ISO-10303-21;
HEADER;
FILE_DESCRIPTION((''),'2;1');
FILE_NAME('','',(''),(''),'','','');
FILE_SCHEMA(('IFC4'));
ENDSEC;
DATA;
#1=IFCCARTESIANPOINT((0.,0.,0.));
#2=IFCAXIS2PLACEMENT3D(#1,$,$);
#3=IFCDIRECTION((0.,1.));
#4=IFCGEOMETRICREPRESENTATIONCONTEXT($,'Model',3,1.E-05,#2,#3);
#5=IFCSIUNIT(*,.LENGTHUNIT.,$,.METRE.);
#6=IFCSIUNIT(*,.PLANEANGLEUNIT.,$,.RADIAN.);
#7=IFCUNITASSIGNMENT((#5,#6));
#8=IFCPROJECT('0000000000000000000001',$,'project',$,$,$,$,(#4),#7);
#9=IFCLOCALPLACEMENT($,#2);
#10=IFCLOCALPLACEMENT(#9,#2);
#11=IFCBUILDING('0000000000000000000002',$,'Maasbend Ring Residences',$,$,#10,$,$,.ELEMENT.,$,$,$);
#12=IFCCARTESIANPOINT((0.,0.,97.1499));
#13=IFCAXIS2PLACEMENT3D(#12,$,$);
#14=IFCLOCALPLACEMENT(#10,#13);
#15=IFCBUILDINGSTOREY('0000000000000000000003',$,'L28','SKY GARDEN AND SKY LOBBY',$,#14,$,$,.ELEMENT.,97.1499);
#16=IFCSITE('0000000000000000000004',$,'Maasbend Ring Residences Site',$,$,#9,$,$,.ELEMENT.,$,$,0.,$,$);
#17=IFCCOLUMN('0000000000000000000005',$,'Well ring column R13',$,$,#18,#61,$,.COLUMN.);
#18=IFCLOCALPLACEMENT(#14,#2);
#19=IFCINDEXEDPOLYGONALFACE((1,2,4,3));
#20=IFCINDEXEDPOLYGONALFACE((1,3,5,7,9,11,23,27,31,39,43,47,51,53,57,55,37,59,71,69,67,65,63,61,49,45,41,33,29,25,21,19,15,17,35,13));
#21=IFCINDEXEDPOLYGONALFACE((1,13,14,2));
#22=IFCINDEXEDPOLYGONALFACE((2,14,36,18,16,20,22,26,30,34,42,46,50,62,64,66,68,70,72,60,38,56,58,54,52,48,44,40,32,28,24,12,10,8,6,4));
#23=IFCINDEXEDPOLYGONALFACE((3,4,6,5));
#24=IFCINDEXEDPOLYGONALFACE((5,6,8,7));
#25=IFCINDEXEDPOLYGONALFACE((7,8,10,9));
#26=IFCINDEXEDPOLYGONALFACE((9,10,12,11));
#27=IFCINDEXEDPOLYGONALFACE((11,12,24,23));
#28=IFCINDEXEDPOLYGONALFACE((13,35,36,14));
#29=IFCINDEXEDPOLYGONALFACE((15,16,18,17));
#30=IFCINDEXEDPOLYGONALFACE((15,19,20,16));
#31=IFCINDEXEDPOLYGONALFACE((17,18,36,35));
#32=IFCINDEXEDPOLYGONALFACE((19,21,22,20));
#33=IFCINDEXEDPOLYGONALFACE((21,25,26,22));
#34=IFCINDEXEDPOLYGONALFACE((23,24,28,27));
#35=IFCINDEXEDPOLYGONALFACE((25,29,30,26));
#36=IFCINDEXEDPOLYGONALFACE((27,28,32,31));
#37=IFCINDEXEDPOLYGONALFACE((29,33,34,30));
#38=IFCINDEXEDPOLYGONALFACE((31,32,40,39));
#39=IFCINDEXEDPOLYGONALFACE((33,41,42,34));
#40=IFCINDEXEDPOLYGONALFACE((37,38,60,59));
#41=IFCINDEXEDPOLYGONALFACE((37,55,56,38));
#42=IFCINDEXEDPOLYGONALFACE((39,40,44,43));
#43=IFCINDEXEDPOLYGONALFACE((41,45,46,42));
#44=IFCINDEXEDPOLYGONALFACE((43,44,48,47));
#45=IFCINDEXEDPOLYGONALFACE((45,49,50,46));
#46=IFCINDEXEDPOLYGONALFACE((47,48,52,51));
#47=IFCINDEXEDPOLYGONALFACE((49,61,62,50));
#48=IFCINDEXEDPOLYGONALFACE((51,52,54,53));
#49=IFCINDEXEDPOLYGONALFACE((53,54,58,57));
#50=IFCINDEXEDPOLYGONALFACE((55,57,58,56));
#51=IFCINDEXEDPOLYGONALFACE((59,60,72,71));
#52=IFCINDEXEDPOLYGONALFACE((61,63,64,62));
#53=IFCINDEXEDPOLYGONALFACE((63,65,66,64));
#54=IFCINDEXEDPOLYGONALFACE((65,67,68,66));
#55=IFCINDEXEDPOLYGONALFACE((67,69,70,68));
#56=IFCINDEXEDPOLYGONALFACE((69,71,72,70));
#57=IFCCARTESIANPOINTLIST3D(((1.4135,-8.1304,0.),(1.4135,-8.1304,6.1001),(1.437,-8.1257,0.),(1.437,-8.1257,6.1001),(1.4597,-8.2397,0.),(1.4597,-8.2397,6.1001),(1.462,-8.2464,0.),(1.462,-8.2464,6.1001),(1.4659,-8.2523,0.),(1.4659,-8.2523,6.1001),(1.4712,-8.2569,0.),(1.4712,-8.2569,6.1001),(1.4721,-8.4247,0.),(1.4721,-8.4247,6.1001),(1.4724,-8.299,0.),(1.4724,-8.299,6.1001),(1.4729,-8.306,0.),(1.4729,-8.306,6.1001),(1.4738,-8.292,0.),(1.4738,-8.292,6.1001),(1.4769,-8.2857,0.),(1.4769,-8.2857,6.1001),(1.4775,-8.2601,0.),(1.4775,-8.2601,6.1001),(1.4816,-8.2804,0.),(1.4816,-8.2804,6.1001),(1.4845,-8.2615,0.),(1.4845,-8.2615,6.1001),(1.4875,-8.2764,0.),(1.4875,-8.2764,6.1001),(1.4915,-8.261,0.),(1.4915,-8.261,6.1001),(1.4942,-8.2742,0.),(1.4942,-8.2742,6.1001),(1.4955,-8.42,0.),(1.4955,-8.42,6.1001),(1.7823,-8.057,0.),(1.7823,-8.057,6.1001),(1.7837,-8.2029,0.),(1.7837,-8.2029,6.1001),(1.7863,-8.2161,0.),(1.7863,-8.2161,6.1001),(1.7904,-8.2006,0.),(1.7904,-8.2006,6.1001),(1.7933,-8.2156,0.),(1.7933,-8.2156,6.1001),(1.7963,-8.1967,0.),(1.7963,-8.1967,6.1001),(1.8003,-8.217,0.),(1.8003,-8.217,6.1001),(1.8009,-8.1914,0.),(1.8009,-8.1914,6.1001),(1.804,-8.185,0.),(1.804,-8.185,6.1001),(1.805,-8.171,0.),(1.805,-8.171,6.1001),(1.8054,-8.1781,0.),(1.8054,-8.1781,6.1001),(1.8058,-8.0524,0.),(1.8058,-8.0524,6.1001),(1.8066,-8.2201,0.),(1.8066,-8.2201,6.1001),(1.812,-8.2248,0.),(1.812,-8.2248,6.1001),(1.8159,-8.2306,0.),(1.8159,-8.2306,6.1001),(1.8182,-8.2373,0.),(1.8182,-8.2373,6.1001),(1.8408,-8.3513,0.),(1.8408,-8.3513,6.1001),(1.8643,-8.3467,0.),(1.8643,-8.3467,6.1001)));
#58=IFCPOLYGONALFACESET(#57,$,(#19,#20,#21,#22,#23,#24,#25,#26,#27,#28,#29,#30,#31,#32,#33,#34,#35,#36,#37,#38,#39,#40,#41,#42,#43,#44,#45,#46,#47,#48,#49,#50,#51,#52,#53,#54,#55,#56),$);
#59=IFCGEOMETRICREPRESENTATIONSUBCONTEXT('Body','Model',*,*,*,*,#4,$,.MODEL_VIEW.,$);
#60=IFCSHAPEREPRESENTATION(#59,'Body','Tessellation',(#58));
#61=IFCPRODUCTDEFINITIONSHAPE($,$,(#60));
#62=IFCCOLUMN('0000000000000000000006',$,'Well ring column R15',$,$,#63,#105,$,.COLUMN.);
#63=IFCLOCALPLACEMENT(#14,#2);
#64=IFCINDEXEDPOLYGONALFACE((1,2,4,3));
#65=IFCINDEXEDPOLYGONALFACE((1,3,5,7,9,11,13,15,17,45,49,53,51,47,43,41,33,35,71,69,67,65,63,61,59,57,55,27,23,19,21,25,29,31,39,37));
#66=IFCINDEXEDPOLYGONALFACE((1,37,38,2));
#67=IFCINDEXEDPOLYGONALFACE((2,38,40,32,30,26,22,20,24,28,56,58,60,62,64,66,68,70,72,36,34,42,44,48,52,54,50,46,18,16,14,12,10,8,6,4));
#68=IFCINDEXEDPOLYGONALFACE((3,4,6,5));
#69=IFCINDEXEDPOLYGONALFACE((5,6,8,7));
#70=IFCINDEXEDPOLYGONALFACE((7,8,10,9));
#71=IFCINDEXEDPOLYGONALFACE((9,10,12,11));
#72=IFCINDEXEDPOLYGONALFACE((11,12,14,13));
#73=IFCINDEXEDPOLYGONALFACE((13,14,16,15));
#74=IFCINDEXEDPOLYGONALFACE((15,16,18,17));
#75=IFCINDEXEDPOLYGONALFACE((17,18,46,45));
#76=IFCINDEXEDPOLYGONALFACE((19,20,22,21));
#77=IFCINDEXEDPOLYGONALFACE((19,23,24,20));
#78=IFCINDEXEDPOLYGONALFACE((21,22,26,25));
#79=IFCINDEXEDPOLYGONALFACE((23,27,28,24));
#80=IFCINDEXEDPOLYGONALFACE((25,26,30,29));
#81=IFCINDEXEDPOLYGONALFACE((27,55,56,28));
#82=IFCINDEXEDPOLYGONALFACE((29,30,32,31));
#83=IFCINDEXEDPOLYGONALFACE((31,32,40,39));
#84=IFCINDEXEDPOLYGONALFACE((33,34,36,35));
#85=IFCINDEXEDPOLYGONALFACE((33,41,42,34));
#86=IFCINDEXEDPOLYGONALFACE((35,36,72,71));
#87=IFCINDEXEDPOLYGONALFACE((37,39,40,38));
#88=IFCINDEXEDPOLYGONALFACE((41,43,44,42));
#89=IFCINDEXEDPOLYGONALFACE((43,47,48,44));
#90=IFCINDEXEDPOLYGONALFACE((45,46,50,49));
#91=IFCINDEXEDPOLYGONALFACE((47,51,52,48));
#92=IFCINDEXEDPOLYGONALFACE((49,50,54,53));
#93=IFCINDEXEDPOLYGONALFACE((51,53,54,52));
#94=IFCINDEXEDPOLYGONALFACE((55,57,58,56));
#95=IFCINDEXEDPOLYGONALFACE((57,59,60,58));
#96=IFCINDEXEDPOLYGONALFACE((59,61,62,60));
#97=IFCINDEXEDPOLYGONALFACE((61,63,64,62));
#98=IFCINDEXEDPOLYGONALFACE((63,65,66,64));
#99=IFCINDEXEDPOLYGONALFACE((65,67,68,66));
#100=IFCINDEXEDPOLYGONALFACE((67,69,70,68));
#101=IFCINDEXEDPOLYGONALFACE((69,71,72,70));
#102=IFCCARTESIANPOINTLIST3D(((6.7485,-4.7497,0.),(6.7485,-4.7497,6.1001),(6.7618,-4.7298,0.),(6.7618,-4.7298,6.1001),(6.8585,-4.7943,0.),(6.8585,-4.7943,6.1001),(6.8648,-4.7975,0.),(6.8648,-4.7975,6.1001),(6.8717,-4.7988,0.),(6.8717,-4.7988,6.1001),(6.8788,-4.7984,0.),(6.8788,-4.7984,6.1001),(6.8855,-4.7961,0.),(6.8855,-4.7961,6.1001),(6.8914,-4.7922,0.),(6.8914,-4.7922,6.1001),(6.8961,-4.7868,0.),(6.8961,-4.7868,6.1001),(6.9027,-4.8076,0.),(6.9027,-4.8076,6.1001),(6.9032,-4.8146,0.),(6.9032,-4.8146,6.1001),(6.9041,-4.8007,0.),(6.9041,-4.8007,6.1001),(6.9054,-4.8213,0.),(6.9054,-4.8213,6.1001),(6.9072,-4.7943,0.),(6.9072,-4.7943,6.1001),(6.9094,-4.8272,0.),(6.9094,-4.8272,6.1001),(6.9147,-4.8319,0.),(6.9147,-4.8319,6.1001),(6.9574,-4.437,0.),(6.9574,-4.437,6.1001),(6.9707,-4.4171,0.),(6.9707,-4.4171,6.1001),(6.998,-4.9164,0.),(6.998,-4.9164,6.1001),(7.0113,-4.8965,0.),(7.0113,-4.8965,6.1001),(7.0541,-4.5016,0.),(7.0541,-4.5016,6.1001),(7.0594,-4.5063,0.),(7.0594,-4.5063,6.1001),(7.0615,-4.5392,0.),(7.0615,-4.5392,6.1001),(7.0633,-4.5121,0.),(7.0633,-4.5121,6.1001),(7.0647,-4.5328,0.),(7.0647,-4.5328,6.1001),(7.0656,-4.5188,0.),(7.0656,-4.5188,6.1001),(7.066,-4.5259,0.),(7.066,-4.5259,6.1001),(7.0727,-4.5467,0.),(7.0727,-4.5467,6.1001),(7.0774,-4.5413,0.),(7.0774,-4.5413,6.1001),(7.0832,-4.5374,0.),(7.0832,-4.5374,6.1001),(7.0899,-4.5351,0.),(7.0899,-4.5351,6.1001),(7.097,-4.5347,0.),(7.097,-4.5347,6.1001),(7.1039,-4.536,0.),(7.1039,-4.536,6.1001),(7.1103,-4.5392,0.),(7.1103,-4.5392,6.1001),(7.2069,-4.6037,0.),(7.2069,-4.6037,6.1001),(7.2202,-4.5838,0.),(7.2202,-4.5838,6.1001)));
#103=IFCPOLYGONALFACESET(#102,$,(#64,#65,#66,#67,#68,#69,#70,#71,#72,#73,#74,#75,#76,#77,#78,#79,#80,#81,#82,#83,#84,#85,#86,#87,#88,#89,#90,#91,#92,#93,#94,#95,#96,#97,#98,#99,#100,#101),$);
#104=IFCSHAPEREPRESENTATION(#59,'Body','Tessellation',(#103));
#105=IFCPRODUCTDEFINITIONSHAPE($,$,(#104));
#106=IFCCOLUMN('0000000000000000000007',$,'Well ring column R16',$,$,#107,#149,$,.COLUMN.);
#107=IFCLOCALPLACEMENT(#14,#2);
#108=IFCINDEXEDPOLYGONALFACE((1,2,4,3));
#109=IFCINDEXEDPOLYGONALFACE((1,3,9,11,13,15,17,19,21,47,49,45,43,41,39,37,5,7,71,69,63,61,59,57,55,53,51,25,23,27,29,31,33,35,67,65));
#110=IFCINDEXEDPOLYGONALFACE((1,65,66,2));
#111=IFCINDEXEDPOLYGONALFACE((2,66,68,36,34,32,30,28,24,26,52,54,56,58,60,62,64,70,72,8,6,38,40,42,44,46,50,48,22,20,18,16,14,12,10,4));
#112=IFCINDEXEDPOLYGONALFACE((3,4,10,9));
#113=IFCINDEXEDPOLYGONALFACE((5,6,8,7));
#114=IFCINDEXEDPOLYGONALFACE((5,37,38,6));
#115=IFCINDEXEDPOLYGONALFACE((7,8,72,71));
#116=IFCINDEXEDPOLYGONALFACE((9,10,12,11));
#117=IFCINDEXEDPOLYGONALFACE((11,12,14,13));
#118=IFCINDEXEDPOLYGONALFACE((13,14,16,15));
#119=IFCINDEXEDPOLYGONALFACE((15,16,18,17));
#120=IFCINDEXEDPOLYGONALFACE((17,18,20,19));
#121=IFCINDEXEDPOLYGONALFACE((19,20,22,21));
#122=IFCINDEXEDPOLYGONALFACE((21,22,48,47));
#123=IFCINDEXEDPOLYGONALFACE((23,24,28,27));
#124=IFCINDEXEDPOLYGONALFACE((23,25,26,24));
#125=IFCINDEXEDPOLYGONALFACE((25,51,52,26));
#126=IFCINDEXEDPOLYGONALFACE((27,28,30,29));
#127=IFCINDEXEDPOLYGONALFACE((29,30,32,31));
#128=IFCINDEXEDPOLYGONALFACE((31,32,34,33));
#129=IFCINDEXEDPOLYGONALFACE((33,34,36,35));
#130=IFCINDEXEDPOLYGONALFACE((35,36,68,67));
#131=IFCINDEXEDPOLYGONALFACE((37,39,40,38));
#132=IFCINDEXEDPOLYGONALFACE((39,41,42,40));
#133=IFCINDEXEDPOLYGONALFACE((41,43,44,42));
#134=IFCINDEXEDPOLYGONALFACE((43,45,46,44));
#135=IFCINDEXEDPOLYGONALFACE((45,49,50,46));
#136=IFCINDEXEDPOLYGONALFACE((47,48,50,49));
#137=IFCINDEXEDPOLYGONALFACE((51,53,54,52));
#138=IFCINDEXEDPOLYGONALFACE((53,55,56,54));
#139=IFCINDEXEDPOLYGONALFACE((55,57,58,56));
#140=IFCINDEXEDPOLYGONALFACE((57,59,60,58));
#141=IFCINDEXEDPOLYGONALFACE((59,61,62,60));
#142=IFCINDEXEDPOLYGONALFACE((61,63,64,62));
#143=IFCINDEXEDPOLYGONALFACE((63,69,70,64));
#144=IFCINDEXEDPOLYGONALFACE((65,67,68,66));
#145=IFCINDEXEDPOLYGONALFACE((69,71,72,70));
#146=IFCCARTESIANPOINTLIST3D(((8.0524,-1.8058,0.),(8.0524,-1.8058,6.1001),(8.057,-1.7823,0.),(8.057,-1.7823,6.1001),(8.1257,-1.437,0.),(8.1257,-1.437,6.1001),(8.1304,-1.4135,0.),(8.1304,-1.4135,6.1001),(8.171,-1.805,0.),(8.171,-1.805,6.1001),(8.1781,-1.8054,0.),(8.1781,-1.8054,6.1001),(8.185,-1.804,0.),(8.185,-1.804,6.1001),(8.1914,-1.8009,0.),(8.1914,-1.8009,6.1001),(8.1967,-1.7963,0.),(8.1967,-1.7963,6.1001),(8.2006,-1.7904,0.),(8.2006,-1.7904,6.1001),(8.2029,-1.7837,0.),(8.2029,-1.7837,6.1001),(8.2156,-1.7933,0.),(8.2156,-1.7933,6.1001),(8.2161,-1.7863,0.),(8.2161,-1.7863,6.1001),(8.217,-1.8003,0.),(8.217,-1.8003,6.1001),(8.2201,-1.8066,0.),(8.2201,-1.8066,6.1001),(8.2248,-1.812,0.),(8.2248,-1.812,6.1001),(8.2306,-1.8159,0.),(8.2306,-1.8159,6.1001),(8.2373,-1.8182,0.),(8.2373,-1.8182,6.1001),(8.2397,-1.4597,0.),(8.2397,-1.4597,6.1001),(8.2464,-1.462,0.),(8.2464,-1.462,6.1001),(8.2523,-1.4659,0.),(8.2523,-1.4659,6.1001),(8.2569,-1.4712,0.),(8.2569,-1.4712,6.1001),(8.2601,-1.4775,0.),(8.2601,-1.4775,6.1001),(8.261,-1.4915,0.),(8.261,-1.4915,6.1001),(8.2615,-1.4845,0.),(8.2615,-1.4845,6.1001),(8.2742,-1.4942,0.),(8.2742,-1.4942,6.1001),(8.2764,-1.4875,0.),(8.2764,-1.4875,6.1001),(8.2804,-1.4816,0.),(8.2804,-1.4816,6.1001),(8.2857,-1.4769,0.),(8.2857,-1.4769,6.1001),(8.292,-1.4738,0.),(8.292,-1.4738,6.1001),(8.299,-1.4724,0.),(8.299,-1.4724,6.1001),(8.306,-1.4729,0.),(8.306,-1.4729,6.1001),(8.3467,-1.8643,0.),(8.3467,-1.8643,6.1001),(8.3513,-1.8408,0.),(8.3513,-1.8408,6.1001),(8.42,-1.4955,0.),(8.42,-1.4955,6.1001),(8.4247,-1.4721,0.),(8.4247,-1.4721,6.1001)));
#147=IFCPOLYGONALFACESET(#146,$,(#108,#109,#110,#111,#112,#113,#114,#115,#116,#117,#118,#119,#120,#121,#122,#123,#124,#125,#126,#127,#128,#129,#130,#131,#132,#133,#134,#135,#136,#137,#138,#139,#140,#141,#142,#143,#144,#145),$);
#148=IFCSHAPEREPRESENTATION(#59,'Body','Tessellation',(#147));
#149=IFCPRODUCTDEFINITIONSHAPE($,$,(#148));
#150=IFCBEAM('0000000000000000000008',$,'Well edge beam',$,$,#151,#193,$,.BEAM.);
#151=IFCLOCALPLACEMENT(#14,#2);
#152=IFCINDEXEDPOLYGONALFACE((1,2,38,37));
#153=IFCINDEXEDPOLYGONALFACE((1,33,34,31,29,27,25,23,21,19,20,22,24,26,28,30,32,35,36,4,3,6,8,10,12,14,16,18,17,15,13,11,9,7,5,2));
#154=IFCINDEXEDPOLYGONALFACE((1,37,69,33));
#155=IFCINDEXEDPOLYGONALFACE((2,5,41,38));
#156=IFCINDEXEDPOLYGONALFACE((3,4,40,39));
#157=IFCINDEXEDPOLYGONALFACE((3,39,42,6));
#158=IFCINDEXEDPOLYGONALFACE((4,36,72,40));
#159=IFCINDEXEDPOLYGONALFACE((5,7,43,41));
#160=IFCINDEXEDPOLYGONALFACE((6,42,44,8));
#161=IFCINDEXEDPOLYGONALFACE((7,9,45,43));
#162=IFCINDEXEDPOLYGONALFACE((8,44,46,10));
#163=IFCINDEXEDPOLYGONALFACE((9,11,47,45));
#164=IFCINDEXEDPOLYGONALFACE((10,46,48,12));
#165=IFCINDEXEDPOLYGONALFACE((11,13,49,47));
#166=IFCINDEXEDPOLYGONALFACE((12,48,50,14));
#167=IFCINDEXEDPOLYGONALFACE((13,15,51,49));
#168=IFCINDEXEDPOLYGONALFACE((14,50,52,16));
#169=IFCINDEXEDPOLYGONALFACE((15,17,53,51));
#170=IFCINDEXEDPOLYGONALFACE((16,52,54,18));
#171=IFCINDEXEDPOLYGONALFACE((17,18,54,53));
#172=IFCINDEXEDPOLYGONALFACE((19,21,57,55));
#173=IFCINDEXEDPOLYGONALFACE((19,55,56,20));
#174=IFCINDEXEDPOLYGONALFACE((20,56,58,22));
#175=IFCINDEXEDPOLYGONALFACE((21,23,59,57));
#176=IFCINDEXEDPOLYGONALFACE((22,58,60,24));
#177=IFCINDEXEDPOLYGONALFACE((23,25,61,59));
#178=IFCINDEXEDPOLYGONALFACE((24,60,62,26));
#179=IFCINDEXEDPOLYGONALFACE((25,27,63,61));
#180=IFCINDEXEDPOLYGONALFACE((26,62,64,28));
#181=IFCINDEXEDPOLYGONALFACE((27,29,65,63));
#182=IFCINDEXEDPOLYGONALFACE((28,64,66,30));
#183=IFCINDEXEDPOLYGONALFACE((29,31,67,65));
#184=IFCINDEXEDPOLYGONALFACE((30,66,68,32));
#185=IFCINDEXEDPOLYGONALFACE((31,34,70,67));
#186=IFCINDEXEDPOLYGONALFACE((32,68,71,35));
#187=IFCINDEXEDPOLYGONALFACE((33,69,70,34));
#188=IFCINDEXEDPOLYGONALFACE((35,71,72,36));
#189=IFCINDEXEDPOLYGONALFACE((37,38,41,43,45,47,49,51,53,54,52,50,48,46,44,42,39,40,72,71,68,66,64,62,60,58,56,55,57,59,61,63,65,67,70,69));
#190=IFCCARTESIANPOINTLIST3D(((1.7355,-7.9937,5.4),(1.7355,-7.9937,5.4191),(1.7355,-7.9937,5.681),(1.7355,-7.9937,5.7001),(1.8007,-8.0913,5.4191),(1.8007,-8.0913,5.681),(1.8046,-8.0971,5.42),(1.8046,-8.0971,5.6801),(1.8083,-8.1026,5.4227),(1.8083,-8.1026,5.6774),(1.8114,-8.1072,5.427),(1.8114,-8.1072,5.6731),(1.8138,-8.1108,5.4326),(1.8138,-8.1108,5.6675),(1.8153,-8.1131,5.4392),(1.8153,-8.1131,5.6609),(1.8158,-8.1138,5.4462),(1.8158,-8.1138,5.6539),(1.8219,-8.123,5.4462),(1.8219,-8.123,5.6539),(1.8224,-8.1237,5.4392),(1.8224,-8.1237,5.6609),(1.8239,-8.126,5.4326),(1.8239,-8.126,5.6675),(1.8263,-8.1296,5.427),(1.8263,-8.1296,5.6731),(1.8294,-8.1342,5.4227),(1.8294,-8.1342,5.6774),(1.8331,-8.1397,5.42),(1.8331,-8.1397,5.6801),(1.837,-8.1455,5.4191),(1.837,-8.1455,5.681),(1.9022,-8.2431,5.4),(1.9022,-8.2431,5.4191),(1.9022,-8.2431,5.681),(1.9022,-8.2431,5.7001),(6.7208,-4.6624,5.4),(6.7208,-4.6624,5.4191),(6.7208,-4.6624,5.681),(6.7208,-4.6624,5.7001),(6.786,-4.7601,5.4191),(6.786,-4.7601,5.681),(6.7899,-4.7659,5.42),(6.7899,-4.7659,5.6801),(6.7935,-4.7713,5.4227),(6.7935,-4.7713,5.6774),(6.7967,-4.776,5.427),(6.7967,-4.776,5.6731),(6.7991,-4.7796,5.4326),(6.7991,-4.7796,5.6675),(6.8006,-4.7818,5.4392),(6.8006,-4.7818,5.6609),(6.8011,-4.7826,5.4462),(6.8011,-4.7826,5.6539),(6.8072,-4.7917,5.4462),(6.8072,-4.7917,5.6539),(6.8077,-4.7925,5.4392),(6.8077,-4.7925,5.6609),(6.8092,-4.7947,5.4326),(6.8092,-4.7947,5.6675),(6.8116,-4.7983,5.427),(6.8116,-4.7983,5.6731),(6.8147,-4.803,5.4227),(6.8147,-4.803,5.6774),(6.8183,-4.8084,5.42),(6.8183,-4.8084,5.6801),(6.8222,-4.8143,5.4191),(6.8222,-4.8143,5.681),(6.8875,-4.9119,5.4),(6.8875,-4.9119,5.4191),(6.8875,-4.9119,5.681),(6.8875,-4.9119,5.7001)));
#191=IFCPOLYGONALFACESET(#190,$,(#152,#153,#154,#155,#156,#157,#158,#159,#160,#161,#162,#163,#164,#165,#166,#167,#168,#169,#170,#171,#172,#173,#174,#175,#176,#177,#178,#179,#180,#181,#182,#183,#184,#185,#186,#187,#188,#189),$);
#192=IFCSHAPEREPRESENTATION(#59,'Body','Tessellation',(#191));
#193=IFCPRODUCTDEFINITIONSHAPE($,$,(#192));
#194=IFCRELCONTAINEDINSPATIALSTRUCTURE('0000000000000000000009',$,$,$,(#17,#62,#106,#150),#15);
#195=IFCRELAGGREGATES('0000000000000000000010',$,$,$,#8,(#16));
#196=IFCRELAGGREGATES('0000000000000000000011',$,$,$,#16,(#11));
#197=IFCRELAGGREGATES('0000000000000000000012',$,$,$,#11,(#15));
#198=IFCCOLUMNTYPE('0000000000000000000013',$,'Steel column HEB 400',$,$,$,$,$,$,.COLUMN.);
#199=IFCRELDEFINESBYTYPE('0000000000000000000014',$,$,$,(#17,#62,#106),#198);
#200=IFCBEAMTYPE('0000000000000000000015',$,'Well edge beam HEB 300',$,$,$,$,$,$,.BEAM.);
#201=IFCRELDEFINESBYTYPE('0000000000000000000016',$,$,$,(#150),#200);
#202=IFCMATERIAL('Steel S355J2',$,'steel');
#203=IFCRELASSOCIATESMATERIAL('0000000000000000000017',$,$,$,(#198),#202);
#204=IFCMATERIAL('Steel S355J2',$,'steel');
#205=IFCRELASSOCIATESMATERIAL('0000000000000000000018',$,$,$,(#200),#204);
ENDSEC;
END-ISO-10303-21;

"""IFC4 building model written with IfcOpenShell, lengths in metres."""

from ifc_helpers import new_model, si_unit, direction, frame, origin, origin_2d, place, context, subcontext, project, spatial, i_section, extrude, material, material_profile, profile_set, type_object, element, save


model = new_model("IFC4")

# Units and contexts
model_context = context("Model", 3, precision=1e-05, world=origin(), true_north=direction((0.0, 1.0)))
body_context = subcontext(model_context, "Body", "Model", "MODEL_VIEW")
ifc_project = project(units=[si_unit("LENGTHUNIT", "METRE"), si_unit("PLANEANGLEUNIT", "RADIAN")], contexts=[model_context])

# Site, building, storey
site_placement = place(None, origin())
site = spatial("IfcSite", under=ifc_project, at=site_placement, Name="Maasbend Ring Residences Site", CompositionType="ELEMENT", RefElevation=0.0)
building_placement = place(site_placement, origin())
building = spatial("IfcBuilding", under=site, at=building_placement, Name="Maasbend Ring Residences", CompositionType="ELEMENT")
storey_placement = place(building_placement, frame((0.0, 0.0, 97.1499)))
storey = spatial("IfcBuildingStorey", under=building, at=storey_placement, Name="L28", Description="SKY GARDEN AND SKY LOBBY", CompositionType="ELEMENT", Elevation=97.1499)

# Columns
ifc_material_1 = material(Name="Steel S355J2", Category="steel")
ifc_material_profile_1 = material_profile(ifc_material_1, i_section(OverallWidth=0.3, OverallDepth=0.3999, WebThickness=0.0134, FlangeThickness=0.0239, FilletRadius=0.0271, at=origin_2d()), Name="HEB 400")
ifc_profile_set_1 = profile_set([ifc_material_profile_1], Name="Steel S355J2")
column_type = type_object("IfcColumnType", Name="Steel column HEB 400", PredefinedType="COLUMN", material=ifc_profile_set_1)
for number, where, z_axis, x_axis, name in (
    (1, (1.6389, -8.2385, 0.0), (0.0, 0.0, 1.0), (0.19509, -0.980785, 0.0), "Well ring column R13"),
    (2, (6.9844, -4.6667, 0.0), (0.0, 0.0, 1.0), (0.83147, -0.55557, 0.0), "Well ring column R15"),
    (3, (8.2385, -1.6389, 0.0), (0.0, 0.0, 1.0), (0.980785, -0.19509, 0.0), "Well ring column R16"),
):
    element("IfcColumn", number, at=place(storey_placement, frame(where, z_axis=z_axis, x_axis=x_axis)), inside=storey, type_object=column_type, Name=name, PredefinedType="COLUMN", context=body_context, shape_type="SweptSolid", body=[
        extrude(i_section(OverallWidth=0.3, OverallDepth=0.3999, WebThickness=0.0134, FlangeThickness=0.0239, FilletRadius=0.0271, at=origin_2d()), origin(), (0.0, 0.0, 1.0), 6.1001),
    ])

# Beam
ifc_material_2 = material(Name="Steel S355J2", Category="steel")
ifc_material_profile_2 = material_profile(ifc_material_2, i_section(OverallWidth=0.3, OverallDepth=0.3, WebThickness=0.011, FlangeThickness=0.019, FilletRadius=0.0271, at=origin_2d()), Name="HEB 300")
ifc_profile_set_2 = profile_set([ifc_material_profile_2], Name="Steel S355J2")
beam_type = type_object("IfcBeamType", Name="Well edge beam HEB 300", PredefinedType="BEAM", material=ifc_profile_set_2)
beam_1_placement = place(storey_placement, frame((1.8188, -8.1184, 5.55), z_axis=(0.831455, 0.555593, 0.0), x_axis=(-0.555593, 0.831455, 0.0)))
element("IfcBeam", 4, at=beam_1_placement, inside=storey, type_object=beam_type, Name="Well edge beam", PredefinedType="BEAM", context=body_context, shape_type="SweptSolid", body=[
    extrude(i_section(OverallWidth=0.3, OverallDepth=0.3, WebThickness=0.011, FlangeThickness=0.019, FilletRadius=0.0271, at=origin_2d()), origin(), (0.0, 0.0, 1.0), 5.9958),
])

save(model, "model.ifc")
